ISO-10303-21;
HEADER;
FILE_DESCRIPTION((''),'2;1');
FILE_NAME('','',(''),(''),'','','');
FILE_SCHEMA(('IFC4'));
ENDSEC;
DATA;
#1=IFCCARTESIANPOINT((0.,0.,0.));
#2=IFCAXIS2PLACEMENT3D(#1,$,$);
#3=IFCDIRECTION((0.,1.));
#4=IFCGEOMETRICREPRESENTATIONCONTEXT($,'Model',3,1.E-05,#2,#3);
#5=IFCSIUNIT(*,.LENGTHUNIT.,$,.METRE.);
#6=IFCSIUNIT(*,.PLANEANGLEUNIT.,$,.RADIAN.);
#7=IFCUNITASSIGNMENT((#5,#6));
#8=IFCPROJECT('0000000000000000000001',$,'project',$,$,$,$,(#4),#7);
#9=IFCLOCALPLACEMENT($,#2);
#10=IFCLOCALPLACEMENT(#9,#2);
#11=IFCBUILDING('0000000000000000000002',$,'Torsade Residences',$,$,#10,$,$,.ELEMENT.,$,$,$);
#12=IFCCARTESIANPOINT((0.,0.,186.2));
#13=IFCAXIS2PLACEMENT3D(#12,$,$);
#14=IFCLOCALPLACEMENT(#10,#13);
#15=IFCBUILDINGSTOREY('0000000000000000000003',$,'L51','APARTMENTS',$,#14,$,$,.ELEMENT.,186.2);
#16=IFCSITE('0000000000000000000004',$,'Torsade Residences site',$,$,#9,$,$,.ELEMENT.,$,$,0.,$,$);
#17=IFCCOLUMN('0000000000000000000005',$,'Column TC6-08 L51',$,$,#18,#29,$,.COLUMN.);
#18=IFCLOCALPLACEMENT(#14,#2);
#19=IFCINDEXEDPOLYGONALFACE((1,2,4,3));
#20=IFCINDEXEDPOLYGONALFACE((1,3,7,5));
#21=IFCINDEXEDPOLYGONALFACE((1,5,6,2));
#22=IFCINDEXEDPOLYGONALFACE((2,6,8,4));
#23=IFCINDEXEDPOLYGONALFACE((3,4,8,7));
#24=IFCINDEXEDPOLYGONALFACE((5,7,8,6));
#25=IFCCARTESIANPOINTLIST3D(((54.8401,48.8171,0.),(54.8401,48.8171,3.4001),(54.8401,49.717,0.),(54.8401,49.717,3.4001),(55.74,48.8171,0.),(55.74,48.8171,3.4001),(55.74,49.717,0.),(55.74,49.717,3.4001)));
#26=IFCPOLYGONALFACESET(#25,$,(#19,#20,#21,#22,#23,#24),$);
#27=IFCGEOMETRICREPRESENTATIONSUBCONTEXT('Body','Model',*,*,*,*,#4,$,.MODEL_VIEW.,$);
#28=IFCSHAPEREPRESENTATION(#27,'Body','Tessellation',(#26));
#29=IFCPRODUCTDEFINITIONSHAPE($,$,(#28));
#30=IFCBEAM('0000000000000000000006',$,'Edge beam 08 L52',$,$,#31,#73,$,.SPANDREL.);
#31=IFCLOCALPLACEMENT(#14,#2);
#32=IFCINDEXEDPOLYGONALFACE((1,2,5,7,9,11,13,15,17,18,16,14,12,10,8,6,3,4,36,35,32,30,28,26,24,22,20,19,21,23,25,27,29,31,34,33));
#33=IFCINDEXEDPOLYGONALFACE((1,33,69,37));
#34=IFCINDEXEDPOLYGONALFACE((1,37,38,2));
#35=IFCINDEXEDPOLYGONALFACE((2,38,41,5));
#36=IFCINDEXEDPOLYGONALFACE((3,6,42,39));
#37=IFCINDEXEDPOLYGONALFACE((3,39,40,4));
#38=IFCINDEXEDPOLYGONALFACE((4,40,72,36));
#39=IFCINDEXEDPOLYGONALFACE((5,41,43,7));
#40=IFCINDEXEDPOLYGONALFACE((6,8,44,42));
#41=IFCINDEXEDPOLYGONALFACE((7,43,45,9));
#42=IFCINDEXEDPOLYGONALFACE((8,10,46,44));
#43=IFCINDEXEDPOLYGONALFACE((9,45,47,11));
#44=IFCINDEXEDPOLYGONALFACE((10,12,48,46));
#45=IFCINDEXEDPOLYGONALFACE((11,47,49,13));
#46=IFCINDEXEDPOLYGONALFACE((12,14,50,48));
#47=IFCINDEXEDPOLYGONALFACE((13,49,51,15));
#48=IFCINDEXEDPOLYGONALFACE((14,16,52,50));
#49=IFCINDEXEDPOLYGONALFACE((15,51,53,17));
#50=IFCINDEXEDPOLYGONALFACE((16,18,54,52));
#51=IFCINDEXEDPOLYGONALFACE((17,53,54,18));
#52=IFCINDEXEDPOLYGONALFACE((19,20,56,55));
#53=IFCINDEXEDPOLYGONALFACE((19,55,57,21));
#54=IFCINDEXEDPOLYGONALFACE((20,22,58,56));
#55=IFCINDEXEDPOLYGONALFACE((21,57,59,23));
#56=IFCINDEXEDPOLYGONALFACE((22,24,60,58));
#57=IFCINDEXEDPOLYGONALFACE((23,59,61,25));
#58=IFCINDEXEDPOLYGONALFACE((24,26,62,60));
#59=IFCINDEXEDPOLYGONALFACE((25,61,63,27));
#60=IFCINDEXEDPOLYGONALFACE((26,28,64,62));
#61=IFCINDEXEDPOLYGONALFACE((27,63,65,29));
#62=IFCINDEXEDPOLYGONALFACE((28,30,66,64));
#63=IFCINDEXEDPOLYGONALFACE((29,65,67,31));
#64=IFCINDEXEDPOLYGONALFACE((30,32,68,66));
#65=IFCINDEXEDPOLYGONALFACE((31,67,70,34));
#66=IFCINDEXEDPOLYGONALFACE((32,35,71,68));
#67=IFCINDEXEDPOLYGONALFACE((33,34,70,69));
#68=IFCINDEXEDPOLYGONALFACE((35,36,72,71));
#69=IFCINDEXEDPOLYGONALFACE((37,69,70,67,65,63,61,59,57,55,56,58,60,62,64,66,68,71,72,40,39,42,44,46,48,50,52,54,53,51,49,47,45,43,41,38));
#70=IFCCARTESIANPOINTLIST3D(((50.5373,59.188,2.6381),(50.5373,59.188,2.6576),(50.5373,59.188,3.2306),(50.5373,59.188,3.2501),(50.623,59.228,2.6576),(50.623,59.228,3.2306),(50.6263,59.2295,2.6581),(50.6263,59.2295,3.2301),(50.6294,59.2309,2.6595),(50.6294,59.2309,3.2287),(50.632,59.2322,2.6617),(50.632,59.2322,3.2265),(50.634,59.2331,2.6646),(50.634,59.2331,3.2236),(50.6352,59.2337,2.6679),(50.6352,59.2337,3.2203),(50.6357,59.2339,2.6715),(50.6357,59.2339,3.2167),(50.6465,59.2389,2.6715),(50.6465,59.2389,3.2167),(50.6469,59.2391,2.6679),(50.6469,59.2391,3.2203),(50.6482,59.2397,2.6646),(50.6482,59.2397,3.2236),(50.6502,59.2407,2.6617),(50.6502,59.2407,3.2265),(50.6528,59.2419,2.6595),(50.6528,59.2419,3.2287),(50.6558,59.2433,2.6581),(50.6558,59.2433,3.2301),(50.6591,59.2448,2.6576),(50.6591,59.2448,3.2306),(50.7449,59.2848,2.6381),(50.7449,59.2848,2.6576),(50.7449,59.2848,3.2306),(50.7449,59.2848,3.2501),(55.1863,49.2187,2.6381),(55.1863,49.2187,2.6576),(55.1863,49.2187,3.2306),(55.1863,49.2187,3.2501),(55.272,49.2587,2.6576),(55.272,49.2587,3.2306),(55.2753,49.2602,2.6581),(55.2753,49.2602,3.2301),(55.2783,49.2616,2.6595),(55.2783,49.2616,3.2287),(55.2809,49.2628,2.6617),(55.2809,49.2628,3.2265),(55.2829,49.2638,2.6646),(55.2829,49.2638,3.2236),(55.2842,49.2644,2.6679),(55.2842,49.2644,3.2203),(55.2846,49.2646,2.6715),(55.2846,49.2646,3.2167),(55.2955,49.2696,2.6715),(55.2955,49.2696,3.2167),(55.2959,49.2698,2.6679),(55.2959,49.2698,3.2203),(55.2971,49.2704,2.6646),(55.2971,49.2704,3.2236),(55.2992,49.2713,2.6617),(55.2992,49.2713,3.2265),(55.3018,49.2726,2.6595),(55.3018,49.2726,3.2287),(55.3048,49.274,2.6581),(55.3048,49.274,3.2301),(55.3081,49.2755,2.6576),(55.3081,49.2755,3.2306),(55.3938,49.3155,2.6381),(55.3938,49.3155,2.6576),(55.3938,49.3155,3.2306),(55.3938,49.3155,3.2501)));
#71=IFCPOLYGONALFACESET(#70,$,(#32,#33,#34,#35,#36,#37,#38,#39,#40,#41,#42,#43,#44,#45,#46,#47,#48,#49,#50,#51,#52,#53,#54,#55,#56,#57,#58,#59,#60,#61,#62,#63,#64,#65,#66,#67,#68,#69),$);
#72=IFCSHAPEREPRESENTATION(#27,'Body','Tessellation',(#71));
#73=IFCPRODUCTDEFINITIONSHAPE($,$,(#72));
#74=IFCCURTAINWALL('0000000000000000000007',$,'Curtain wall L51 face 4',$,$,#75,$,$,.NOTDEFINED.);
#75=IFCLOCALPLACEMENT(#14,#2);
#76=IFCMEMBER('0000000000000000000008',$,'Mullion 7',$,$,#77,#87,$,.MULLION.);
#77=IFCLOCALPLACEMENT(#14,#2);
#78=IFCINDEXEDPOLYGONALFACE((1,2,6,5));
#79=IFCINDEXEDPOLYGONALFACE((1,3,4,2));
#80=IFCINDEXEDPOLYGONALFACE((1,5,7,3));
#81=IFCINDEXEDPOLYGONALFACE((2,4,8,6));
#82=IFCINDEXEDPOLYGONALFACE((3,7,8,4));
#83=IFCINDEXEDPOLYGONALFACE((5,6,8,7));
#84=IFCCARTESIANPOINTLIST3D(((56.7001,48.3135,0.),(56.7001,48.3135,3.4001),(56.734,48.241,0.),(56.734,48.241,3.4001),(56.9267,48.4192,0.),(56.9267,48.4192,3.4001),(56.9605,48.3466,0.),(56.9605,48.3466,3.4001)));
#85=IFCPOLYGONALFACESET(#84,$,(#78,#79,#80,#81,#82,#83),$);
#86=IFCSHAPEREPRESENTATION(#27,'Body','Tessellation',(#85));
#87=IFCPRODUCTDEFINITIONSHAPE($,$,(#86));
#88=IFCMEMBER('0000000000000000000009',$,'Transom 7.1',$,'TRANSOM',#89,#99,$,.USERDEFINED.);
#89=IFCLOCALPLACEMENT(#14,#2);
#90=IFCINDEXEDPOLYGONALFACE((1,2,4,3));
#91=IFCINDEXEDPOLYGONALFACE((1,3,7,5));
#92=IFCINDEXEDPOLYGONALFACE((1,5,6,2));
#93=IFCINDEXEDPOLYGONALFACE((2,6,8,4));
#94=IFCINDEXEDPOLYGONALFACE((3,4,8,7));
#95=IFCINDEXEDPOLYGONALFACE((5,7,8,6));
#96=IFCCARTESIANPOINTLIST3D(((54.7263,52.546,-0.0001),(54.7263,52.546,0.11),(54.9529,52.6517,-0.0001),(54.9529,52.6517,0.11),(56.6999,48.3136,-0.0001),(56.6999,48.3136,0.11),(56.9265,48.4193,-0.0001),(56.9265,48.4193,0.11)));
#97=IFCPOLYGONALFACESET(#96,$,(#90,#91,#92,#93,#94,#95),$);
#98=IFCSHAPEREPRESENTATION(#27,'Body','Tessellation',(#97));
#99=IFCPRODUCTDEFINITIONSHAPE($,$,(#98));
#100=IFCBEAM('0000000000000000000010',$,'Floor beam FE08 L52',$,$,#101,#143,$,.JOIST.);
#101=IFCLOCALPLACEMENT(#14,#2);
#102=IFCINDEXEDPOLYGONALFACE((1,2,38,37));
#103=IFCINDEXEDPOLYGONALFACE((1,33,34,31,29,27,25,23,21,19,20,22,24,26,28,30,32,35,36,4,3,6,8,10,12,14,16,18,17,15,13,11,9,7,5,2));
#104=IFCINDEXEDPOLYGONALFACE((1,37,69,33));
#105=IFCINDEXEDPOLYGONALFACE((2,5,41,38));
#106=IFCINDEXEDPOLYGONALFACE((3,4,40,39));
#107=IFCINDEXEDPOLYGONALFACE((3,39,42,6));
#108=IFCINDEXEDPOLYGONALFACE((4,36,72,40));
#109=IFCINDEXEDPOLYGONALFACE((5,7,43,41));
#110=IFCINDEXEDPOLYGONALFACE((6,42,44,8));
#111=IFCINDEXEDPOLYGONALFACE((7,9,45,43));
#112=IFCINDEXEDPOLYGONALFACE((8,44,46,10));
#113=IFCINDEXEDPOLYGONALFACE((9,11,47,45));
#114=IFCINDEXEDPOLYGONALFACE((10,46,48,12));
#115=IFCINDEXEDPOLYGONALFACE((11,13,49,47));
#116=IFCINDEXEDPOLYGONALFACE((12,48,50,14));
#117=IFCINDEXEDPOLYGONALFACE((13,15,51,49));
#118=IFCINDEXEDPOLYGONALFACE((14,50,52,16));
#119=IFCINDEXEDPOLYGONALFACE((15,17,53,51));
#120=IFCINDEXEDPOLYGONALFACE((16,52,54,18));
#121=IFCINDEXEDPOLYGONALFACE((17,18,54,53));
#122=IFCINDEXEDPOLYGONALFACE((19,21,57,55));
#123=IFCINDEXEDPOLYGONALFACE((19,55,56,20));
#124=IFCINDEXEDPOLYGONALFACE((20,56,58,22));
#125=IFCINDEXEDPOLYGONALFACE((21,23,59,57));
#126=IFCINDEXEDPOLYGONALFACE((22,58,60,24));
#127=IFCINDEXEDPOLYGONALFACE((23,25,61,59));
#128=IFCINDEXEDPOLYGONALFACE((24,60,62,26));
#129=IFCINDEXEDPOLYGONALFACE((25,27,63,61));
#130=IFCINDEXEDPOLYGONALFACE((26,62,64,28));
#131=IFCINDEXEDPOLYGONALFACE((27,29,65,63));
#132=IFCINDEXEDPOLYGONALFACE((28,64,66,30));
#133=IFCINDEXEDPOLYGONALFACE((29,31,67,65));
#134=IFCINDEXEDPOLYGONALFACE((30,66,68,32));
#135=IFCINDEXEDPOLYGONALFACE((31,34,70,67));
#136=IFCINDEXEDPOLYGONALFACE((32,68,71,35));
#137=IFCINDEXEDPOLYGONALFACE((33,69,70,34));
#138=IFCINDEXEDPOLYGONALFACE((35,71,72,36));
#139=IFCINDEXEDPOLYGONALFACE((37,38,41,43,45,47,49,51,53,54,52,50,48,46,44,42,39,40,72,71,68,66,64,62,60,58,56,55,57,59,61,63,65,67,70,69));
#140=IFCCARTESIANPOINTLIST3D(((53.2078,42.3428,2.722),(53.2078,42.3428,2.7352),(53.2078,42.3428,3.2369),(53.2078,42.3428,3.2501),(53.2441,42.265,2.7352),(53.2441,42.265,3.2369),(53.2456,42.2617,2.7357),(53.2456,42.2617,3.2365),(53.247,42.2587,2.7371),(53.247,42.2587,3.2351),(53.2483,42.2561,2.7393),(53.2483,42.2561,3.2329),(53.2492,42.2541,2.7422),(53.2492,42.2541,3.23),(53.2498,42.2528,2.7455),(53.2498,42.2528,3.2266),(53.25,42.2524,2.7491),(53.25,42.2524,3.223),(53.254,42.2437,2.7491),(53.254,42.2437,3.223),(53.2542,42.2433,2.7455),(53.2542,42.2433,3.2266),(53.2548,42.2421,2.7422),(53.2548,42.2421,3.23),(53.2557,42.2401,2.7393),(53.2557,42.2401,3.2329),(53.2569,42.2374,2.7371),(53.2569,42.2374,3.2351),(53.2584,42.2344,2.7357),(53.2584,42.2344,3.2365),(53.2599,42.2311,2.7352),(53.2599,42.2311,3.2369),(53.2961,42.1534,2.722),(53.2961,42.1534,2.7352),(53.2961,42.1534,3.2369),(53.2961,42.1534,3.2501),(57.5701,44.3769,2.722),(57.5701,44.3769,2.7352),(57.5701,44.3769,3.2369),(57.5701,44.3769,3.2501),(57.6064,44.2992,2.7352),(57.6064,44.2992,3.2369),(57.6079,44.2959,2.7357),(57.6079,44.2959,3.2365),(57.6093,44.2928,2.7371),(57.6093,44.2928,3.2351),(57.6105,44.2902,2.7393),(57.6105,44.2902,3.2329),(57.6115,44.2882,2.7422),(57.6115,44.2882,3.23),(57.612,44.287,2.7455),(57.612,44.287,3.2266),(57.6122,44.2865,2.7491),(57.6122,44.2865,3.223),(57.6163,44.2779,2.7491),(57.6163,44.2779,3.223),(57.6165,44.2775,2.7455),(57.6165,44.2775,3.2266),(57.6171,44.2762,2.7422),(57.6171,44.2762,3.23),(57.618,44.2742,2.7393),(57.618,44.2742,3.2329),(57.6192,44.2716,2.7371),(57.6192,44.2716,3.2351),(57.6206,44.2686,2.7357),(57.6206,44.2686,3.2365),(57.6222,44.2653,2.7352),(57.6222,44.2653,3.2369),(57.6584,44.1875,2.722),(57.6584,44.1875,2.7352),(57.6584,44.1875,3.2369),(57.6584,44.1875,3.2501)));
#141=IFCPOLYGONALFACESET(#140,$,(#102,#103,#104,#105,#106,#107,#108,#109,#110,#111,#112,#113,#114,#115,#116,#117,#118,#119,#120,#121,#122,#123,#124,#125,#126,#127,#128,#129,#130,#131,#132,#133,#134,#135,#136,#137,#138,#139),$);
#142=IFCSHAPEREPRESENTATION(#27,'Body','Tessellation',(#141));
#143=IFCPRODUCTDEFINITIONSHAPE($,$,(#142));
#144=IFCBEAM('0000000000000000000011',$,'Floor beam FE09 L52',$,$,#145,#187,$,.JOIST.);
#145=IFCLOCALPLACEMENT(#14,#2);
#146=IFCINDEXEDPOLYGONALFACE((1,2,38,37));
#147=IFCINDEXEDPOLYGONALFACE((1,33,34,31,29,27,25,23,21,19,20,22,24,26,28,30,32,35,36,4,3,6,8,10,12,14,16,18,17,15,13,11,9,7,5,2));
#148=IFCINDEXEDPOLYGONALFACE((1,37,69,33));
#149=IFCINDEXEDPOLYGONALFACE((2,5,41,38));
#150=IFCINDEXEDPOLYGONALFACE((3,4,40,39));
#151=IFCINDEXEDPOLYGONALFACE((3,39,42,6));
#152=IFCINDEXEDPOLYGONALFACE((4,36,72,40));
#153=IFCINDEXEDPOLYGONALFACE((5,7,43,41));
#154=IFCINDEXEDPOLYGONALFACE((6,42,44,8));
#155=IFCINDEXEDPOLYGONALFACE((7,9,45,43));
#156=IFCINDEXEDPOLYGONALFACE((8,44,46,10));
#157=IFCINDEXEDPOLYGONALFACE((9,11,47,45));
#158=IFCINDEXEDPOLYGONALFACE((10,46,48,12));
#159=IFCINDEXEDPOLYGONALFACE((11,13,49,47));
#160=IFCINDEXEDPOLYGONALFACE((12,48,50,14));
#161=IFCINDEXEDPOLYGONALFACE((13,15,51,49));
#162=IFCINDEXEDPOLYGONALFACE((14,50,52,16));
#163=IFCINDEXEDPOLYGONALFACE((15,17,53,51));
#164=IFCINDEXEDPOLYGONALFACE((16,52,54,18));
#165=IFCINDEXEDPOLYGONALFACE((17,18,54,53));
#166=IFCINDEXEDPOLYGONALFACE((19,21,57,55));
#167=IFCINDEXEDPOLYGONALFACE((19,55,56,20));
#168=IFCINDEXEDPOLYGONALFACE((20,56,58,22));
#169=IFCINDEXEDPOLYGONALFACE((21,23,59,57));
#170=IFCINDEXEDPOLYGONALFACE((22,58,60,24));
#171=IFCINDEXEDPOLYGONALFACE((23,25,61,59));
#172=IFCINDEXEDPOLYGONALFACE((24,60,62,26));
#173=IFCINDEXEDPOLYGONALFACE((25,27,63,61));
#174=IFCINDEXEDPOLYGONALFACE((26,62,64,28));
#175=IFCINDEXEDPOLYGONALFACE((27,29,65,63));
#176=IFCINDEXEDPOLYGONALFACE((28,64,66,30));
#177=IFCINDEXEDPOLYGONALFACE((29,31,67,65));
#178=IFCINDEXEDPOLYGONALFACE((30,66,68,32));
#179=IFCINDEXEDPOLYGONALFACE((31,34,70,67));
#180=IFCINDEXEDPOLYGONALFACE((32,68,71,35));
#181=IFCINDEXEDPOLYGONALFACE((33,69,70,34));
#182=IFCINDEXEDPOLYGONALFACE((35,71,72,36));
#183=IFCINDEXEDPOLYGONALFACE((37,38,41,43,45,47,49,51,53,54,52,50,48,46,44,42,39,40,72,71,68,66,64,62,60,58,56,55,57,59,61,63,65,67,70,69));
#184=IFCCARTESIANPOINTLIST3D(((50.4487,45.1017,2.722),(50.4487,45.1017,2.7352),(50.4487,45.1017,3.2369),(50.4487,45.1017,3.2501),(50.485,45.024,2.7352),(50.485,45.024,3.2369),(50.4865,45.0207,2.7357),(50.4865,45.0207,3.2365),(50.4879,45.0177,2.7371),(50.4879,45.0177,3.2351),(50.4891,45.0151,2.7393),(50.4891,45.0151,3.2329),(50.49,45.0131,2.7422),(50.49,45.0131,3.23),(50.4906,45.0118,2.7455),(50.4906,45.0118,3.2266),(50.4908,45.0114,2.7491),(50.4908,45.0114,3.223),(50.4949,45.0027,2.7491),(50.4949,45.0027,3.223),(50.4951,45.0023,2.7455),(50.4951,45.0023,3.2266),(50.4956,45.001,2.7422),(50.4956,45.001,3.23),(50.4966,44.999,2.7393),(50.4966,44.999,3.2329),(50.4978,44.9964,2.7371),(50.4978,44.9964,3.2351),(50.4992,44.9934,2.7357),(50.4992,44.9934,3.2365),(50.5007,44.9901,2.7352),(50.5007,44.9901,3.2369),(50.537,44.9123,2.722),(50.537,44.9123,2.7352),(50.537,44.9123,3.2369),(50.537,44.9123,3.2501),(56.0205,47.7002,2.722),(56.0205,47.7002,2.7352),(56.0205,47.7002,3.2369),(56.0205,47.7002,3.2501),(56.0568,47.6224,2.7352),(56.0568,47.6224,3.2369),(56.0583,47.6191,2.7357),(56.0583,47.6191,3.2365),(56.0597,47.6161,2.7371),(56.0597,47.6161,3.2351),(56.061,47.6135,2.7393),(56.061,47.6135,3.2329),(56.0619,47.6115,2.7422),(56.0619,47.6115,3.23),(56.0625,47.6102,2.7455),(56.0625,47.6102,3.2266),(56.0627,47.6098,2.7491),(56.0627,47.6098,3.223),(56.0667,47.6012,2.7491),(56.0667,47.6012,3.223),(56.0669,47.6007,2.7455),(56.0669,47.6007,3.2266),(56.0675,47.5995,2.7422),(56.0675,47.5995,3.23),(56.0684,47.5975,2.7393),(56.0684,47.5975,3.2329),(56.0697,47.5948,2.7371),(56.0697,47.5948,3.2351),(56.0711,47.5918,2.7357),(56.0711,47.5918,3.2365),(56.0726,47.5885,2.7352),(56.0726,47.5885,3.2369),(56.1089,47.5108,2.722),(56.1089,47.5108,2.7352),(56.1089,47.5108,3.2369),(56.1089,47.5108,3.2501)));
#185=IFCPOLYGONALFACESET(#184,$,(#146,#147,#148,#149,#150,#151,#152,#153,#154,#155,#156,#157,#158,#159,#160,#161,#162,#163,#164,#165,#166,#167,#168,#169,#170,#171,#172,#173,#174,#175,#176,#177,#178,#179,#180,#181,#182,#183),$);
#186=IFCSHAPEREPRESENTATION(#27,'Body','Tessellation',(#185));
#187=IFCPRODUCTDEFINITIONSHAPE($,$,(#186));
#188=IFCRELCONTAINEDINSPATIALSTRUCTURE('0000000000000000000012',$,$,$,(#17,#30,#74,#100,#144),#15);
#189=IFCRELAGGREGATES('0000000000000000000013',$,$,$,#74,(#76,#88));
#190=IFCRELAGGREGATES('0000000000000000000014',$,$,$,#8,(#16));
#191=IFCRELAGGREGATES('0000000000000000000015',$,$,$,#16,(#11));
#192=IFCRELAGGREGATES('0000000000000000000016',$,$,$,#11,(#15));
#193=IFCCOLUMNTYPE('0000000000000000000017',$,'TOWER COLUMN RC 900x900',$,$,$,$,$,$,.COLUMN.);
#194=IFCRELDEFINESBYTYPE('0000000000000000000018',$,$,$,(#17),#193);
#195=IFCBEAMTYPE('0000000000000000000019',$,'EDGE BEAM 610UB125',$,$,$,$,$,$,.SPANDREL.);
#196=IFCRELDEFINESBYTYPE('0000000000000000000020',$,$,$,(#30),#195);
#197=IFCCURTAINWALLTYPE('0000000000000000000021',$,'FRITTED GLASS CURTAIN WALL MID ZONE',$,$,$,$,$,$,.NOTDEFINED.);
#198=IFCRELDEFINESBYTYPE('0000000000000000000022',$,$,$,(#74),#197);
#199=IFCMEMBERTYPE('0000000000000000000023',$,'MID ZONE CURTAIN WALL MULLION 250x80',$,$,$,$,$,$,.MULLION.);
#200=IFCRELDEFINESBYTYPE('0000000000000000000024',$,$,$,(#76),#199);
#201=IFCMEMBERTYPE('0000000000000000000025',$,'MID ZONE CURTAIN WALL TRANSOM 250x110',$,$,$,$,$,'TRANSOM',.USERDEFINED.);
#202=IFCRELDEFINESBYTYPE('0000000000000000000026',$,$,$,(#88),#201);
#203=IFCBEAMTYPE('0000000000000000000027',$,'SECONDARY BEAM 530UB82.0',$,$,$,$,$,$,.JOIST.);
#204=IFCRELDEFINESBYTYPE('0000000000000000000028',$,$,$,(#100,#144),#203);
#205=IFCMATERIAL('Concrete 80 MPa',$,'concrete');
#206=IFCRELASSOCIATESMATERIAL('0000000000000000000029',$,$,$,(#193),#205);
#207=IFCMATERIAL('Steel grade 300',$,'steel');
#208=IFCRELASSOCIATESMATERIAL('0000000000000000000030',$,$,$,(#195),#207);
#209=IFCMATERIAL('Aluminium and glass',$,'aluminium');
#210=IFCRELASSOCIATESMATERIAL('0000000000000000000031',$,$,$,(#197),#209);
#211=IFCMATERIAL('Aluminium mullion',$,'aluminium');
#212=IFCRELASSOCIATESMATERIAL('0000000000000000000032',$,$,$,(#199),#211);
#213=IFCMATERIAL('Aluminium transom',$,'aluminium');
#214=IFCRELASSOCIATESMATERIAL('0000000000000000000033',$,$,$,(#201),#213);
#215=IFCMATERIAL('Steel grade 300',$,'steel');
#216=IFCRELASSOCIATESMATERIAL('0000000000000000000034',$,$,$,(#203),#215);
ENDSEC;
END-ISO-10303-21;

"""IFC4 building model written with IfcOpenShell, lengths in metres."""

from ifc_helpers import new_model, si_unit, direction, frame, origin, origin_2d, place, context, subcontext, project, spatial, rectangle, i_section, extrude, material, material_profile, profile_set, type_object, element, aggregate, save


model = new_model("IFC4")

# Units and contexts
model_context = context("Model", 3, precision=1e-05, world=origin(), true_north=direction((0.0, 1.0)))
body_context = subcontext(model_context, "Body", "Model", "MODEL_VIEW")
ifc_project = project(units=[si_unit("LENGTHUNIT", "METRE"), si_unit("PLANEANGLEUNIT", "RADIAN")], contexts=[model_context])

# Site, building, storey
site_placement = place(None, origin())
site = spatial("IfcSite", under=ifc_project, at=site_placement, Name="Torsade Residences site", CompositionType="ELEMENT", RefElevation=0.0)
building_placement = place(site_placement, origin())
building = spatial("IfcBuilding", under=site, at=building_placement, Name="Torsade Residences", CompositionType="ELEMENT")
storey_placement = place(building_placement, frame((0.0, 0.0, 186.2)))
storey = spatial("IfcBuildingStorey", under=building, at=storey_placement, Name="L51", Description="APARTMENTS", CompositionType="ELEMENT", Elevation=186.2)

# Column
ifc_material_1 = material(Name="Concrete 80 MPa", Category="concrete")
ifc_material_profile_1 = material_profile(ifc_material_1, rectangle(XDim=0.8999, YDim=0.8999, at=origin_2d()), Name="RC 900x900")
ifc_profile_set_1 = profile_set([ifc_material_profile_1], Name="Concrete 80 MPa")
column_type = type_object("IfcColumnType", Name="TOWER COLUMN RC 900x900", PredefinedType="COLUMN", material=ifc_profile_set_1)
column_placement = place(storey_placement, frame((55.29, 49.2671, 0.0), z_axis=(0.0, 0.0, 1.0), x_axis=(1.0, 0.0, 0.0)))
element("IfcColumn", 1, at=column_placement, inside=storey, type_object=column_type, Name="Column TC6-08 L51", PredefinedType="COLUMN", context=body_context, shape_type="SweptSolid", body=[
    extrude(rectangle(XDim=0.8999, YDim=0.8999, at=origin_2d()), origin(), (0.0, 0.0, 1.0), 3.4001),
])

# Beam
ifc_material_2 = material(Name="Steel grade 300", Category="steel")
ifc_material_profile_2 = material_profile(ifc_material_2, i_section(OverallWidth=0.229, OverallDepth=0.6121, WebThickness=0.012, FlangeThickness=0.0195, FilletRadius=0.0139, at=origin_2d()), Name="610UB125")
ifc_profile_set_2 = profile_set([ifc_material_profile_2], Name="Steel grade 300")
beam_type_1 = type_object("IfcBeamType", Name="EDGE BEAM 610UB125", PredefinedType="SPANDREL", material=ifc_profile_set_2)
beam_1_placement = place(storey_placement, frame((55.29, 49.2671, 2.9441), z_axis=(-0.422633, 0.906301, 0.0), x_axis=(-0.906301, -0.422633, 0.0)))
element("IfcBeam", 2, at=beam_1_placement, inside=storey, type_object=beam_type_1, Name="Edge beam 08 L52", PredefinedType="SPANDREL", context=body_context, shape_type="SweptSolid", body=[
    extrude(i_section(OverallWidth=0.229, OverallDepth=0.6121, WebThickness=0.012, FlangeThickness=0.0195, FilletRadius=0.0139, at=origin_2d()), origin(), (0.0, 0.0, 1.0), 11.0),
])

# Curtain wall, members
ifc_material_3 = material(Name="Aluminium and glass", Category="aluminium")
curtain_wall_type = type_object("IfcCurtainWallType", Name="FRITTED GLASS CURTAIN WALL MID ZONE", PredefinedType="NOTDEFINED", material=ifc_material_3)
curtain_wall_placement = place(storey_placement, origin())
curtain_wall = element("IfcCurtainWall", 3, at=curtain_wall_placement, inside=storey, type_object=curtain_wall_type, Name="Curtain wall L51 face 4", PredefinedType="NOTDEFINED")
ifc_material_4 = material(Name="Aluminium mullion", Category="aluminium")
ifc_material_profile_3 = material_profile(ifc_material_4, rectangle(XDim=0.25, YDim=0.0801, at=origin_2d()), Name="MID ZONE CURTAIN WALL MULLION 250x80")
ifc_profile_set_3 = profile_set([ifc_material_profile_3], Name="Aluminium mullion")
member_type_1 = type_object("IfcMemberType", Name="MID ZONE CURTAIN WALL MULLION 250x80", PredefinedType="MULLION", material=ifc_profile_set_3)
member_1_placement = place(storey_placement, frame((56.8303, 48.3301, 0.0), z_axis=(0.0, 0.0, 1.0), x_axis=(-0.906308, -0.422618, 0.0)))
member_1 = element("IfcMember", 4, at=member_1_placement, type_object=member_type_1, Name="Mullion 7", PredefinedType="MULLION", context=body_context, shape_type="SweptSolid", body=[
    extrude(rectangle(XDim=0.25, YDim=0.0801, at=origin_2d()), origin(), (0.0, 0.0, 1.0), 3.4001),
])
ifc_material_5 = material(Name="Aluminium transom", Category="aluminium")
ifc_material_profile_4 = material_profile(ifc_material_5, rectangle(XDim=0.25, YDim=0.1101, at=origin_2d()), Name="MID ZONE CURTAIN WALL TRANSOM 250x110")
ifc_profile_set_4 = profile_set([ifc_material_profile_4], Name="Aluminium transom")
member_type_2 = type_object("IfcMemberType", Name="MID ZONE CURTAIN WALL TRANSOM 250x110", ElementType="TRANSOM", PredefinedType="USERDEFINED", material=ifc_profile_set_4)
member_2_placement = place(storey_placement, frame((56.8132, 48.3665, 0.0549), z_axis=(-0.422622, 0.906306, 0.0), x_axis=(-0.906306, -0.422622, 0.0)))
member_2 = element("IfcMember", 5, at=member_2_placement, type_object=member_type_2, Name="Transom 7.1", ObjectType="TRANSOM", PredefinedType="USERDEFINED", context=body_context, shape_type="SweptSolid", body=[
    extrude(rectangle(XDim=0.25, YDim=0.1101, at=origin_2d()), origin(), (0.0, 0.0, 1.0), 4.6699),
])

# Beams
ifc_material_6 = material(Name="Steel grade 300", Category="steel")
ifc_material_profile_5 = material_profile(ifc_material_6, i_section(OverallWidth=0.209, OverallDepth=0.5281, WebThickness=0.0095, FlangeThickness=0.0132, FilletRadius=0.0139, at=origin_2d()), Name="530UB82.0")
ifc_profile_set_5 = profile_set([ifc_material_profile_5], Name="Steel grade 300")
beam_type_2 = type_object("IfcBeamType", Name="SECONDARY BEAM 530UB82.0", PredefinedType="JOIST", material=ifc_profile_set_5)
beam_2_placement = place(storey_placement, frame((57.6143, 44.2822, 2.9861), z_axis=(-0.906308, -0.422619, 0.0), x_axis=(0.422619, -0.906308, 0.0)))
element("IfcBeam", 6, at=beam_2_placement, inside=storey, type_object=beam_type_2, Name="Floor beam FE08 L52", PredefinedType="JOIST", context=body_context, shape_type="SweptSolid", body=[
    extrude(i_section(OverallWidth=0.209, OverallDepth=0.5281, WebThickness=0.0095, FlangeThickness=0.0132, FilletRadius=0.0139, at=origin_2d()), origin(), (0.0, 0.0, 1.0), 4.8132),
])
beam_3_placement = place(storey_placement, frame((56.0647, 47.6055, 2.9861), z_axis=(-0.906294, -0.422648, 0.0), x_axis=(0.422648, -0.906294, 0.0)))
element("IfcBeam", 7, at=beam_3_placement, inside=storey, type_object=beam_type_2, Name="Floor beam FE09 L52", PredefinedType="JOIST", context=body_context, shape_type="SweptSolid", body=[
    extrude(i_section(OverallWidth=0.209, OverallDepth=0.5281, WebThickness=0.0095, FlangeThickness=0.0132, FilletRadius=0.0139, at=origin_2d()), origin(), (0.0, 0.0, 1.0), 6.1479),
])

aggregate(curtain_wall, [member_1, member_2])

save(model, "model.ifc")
